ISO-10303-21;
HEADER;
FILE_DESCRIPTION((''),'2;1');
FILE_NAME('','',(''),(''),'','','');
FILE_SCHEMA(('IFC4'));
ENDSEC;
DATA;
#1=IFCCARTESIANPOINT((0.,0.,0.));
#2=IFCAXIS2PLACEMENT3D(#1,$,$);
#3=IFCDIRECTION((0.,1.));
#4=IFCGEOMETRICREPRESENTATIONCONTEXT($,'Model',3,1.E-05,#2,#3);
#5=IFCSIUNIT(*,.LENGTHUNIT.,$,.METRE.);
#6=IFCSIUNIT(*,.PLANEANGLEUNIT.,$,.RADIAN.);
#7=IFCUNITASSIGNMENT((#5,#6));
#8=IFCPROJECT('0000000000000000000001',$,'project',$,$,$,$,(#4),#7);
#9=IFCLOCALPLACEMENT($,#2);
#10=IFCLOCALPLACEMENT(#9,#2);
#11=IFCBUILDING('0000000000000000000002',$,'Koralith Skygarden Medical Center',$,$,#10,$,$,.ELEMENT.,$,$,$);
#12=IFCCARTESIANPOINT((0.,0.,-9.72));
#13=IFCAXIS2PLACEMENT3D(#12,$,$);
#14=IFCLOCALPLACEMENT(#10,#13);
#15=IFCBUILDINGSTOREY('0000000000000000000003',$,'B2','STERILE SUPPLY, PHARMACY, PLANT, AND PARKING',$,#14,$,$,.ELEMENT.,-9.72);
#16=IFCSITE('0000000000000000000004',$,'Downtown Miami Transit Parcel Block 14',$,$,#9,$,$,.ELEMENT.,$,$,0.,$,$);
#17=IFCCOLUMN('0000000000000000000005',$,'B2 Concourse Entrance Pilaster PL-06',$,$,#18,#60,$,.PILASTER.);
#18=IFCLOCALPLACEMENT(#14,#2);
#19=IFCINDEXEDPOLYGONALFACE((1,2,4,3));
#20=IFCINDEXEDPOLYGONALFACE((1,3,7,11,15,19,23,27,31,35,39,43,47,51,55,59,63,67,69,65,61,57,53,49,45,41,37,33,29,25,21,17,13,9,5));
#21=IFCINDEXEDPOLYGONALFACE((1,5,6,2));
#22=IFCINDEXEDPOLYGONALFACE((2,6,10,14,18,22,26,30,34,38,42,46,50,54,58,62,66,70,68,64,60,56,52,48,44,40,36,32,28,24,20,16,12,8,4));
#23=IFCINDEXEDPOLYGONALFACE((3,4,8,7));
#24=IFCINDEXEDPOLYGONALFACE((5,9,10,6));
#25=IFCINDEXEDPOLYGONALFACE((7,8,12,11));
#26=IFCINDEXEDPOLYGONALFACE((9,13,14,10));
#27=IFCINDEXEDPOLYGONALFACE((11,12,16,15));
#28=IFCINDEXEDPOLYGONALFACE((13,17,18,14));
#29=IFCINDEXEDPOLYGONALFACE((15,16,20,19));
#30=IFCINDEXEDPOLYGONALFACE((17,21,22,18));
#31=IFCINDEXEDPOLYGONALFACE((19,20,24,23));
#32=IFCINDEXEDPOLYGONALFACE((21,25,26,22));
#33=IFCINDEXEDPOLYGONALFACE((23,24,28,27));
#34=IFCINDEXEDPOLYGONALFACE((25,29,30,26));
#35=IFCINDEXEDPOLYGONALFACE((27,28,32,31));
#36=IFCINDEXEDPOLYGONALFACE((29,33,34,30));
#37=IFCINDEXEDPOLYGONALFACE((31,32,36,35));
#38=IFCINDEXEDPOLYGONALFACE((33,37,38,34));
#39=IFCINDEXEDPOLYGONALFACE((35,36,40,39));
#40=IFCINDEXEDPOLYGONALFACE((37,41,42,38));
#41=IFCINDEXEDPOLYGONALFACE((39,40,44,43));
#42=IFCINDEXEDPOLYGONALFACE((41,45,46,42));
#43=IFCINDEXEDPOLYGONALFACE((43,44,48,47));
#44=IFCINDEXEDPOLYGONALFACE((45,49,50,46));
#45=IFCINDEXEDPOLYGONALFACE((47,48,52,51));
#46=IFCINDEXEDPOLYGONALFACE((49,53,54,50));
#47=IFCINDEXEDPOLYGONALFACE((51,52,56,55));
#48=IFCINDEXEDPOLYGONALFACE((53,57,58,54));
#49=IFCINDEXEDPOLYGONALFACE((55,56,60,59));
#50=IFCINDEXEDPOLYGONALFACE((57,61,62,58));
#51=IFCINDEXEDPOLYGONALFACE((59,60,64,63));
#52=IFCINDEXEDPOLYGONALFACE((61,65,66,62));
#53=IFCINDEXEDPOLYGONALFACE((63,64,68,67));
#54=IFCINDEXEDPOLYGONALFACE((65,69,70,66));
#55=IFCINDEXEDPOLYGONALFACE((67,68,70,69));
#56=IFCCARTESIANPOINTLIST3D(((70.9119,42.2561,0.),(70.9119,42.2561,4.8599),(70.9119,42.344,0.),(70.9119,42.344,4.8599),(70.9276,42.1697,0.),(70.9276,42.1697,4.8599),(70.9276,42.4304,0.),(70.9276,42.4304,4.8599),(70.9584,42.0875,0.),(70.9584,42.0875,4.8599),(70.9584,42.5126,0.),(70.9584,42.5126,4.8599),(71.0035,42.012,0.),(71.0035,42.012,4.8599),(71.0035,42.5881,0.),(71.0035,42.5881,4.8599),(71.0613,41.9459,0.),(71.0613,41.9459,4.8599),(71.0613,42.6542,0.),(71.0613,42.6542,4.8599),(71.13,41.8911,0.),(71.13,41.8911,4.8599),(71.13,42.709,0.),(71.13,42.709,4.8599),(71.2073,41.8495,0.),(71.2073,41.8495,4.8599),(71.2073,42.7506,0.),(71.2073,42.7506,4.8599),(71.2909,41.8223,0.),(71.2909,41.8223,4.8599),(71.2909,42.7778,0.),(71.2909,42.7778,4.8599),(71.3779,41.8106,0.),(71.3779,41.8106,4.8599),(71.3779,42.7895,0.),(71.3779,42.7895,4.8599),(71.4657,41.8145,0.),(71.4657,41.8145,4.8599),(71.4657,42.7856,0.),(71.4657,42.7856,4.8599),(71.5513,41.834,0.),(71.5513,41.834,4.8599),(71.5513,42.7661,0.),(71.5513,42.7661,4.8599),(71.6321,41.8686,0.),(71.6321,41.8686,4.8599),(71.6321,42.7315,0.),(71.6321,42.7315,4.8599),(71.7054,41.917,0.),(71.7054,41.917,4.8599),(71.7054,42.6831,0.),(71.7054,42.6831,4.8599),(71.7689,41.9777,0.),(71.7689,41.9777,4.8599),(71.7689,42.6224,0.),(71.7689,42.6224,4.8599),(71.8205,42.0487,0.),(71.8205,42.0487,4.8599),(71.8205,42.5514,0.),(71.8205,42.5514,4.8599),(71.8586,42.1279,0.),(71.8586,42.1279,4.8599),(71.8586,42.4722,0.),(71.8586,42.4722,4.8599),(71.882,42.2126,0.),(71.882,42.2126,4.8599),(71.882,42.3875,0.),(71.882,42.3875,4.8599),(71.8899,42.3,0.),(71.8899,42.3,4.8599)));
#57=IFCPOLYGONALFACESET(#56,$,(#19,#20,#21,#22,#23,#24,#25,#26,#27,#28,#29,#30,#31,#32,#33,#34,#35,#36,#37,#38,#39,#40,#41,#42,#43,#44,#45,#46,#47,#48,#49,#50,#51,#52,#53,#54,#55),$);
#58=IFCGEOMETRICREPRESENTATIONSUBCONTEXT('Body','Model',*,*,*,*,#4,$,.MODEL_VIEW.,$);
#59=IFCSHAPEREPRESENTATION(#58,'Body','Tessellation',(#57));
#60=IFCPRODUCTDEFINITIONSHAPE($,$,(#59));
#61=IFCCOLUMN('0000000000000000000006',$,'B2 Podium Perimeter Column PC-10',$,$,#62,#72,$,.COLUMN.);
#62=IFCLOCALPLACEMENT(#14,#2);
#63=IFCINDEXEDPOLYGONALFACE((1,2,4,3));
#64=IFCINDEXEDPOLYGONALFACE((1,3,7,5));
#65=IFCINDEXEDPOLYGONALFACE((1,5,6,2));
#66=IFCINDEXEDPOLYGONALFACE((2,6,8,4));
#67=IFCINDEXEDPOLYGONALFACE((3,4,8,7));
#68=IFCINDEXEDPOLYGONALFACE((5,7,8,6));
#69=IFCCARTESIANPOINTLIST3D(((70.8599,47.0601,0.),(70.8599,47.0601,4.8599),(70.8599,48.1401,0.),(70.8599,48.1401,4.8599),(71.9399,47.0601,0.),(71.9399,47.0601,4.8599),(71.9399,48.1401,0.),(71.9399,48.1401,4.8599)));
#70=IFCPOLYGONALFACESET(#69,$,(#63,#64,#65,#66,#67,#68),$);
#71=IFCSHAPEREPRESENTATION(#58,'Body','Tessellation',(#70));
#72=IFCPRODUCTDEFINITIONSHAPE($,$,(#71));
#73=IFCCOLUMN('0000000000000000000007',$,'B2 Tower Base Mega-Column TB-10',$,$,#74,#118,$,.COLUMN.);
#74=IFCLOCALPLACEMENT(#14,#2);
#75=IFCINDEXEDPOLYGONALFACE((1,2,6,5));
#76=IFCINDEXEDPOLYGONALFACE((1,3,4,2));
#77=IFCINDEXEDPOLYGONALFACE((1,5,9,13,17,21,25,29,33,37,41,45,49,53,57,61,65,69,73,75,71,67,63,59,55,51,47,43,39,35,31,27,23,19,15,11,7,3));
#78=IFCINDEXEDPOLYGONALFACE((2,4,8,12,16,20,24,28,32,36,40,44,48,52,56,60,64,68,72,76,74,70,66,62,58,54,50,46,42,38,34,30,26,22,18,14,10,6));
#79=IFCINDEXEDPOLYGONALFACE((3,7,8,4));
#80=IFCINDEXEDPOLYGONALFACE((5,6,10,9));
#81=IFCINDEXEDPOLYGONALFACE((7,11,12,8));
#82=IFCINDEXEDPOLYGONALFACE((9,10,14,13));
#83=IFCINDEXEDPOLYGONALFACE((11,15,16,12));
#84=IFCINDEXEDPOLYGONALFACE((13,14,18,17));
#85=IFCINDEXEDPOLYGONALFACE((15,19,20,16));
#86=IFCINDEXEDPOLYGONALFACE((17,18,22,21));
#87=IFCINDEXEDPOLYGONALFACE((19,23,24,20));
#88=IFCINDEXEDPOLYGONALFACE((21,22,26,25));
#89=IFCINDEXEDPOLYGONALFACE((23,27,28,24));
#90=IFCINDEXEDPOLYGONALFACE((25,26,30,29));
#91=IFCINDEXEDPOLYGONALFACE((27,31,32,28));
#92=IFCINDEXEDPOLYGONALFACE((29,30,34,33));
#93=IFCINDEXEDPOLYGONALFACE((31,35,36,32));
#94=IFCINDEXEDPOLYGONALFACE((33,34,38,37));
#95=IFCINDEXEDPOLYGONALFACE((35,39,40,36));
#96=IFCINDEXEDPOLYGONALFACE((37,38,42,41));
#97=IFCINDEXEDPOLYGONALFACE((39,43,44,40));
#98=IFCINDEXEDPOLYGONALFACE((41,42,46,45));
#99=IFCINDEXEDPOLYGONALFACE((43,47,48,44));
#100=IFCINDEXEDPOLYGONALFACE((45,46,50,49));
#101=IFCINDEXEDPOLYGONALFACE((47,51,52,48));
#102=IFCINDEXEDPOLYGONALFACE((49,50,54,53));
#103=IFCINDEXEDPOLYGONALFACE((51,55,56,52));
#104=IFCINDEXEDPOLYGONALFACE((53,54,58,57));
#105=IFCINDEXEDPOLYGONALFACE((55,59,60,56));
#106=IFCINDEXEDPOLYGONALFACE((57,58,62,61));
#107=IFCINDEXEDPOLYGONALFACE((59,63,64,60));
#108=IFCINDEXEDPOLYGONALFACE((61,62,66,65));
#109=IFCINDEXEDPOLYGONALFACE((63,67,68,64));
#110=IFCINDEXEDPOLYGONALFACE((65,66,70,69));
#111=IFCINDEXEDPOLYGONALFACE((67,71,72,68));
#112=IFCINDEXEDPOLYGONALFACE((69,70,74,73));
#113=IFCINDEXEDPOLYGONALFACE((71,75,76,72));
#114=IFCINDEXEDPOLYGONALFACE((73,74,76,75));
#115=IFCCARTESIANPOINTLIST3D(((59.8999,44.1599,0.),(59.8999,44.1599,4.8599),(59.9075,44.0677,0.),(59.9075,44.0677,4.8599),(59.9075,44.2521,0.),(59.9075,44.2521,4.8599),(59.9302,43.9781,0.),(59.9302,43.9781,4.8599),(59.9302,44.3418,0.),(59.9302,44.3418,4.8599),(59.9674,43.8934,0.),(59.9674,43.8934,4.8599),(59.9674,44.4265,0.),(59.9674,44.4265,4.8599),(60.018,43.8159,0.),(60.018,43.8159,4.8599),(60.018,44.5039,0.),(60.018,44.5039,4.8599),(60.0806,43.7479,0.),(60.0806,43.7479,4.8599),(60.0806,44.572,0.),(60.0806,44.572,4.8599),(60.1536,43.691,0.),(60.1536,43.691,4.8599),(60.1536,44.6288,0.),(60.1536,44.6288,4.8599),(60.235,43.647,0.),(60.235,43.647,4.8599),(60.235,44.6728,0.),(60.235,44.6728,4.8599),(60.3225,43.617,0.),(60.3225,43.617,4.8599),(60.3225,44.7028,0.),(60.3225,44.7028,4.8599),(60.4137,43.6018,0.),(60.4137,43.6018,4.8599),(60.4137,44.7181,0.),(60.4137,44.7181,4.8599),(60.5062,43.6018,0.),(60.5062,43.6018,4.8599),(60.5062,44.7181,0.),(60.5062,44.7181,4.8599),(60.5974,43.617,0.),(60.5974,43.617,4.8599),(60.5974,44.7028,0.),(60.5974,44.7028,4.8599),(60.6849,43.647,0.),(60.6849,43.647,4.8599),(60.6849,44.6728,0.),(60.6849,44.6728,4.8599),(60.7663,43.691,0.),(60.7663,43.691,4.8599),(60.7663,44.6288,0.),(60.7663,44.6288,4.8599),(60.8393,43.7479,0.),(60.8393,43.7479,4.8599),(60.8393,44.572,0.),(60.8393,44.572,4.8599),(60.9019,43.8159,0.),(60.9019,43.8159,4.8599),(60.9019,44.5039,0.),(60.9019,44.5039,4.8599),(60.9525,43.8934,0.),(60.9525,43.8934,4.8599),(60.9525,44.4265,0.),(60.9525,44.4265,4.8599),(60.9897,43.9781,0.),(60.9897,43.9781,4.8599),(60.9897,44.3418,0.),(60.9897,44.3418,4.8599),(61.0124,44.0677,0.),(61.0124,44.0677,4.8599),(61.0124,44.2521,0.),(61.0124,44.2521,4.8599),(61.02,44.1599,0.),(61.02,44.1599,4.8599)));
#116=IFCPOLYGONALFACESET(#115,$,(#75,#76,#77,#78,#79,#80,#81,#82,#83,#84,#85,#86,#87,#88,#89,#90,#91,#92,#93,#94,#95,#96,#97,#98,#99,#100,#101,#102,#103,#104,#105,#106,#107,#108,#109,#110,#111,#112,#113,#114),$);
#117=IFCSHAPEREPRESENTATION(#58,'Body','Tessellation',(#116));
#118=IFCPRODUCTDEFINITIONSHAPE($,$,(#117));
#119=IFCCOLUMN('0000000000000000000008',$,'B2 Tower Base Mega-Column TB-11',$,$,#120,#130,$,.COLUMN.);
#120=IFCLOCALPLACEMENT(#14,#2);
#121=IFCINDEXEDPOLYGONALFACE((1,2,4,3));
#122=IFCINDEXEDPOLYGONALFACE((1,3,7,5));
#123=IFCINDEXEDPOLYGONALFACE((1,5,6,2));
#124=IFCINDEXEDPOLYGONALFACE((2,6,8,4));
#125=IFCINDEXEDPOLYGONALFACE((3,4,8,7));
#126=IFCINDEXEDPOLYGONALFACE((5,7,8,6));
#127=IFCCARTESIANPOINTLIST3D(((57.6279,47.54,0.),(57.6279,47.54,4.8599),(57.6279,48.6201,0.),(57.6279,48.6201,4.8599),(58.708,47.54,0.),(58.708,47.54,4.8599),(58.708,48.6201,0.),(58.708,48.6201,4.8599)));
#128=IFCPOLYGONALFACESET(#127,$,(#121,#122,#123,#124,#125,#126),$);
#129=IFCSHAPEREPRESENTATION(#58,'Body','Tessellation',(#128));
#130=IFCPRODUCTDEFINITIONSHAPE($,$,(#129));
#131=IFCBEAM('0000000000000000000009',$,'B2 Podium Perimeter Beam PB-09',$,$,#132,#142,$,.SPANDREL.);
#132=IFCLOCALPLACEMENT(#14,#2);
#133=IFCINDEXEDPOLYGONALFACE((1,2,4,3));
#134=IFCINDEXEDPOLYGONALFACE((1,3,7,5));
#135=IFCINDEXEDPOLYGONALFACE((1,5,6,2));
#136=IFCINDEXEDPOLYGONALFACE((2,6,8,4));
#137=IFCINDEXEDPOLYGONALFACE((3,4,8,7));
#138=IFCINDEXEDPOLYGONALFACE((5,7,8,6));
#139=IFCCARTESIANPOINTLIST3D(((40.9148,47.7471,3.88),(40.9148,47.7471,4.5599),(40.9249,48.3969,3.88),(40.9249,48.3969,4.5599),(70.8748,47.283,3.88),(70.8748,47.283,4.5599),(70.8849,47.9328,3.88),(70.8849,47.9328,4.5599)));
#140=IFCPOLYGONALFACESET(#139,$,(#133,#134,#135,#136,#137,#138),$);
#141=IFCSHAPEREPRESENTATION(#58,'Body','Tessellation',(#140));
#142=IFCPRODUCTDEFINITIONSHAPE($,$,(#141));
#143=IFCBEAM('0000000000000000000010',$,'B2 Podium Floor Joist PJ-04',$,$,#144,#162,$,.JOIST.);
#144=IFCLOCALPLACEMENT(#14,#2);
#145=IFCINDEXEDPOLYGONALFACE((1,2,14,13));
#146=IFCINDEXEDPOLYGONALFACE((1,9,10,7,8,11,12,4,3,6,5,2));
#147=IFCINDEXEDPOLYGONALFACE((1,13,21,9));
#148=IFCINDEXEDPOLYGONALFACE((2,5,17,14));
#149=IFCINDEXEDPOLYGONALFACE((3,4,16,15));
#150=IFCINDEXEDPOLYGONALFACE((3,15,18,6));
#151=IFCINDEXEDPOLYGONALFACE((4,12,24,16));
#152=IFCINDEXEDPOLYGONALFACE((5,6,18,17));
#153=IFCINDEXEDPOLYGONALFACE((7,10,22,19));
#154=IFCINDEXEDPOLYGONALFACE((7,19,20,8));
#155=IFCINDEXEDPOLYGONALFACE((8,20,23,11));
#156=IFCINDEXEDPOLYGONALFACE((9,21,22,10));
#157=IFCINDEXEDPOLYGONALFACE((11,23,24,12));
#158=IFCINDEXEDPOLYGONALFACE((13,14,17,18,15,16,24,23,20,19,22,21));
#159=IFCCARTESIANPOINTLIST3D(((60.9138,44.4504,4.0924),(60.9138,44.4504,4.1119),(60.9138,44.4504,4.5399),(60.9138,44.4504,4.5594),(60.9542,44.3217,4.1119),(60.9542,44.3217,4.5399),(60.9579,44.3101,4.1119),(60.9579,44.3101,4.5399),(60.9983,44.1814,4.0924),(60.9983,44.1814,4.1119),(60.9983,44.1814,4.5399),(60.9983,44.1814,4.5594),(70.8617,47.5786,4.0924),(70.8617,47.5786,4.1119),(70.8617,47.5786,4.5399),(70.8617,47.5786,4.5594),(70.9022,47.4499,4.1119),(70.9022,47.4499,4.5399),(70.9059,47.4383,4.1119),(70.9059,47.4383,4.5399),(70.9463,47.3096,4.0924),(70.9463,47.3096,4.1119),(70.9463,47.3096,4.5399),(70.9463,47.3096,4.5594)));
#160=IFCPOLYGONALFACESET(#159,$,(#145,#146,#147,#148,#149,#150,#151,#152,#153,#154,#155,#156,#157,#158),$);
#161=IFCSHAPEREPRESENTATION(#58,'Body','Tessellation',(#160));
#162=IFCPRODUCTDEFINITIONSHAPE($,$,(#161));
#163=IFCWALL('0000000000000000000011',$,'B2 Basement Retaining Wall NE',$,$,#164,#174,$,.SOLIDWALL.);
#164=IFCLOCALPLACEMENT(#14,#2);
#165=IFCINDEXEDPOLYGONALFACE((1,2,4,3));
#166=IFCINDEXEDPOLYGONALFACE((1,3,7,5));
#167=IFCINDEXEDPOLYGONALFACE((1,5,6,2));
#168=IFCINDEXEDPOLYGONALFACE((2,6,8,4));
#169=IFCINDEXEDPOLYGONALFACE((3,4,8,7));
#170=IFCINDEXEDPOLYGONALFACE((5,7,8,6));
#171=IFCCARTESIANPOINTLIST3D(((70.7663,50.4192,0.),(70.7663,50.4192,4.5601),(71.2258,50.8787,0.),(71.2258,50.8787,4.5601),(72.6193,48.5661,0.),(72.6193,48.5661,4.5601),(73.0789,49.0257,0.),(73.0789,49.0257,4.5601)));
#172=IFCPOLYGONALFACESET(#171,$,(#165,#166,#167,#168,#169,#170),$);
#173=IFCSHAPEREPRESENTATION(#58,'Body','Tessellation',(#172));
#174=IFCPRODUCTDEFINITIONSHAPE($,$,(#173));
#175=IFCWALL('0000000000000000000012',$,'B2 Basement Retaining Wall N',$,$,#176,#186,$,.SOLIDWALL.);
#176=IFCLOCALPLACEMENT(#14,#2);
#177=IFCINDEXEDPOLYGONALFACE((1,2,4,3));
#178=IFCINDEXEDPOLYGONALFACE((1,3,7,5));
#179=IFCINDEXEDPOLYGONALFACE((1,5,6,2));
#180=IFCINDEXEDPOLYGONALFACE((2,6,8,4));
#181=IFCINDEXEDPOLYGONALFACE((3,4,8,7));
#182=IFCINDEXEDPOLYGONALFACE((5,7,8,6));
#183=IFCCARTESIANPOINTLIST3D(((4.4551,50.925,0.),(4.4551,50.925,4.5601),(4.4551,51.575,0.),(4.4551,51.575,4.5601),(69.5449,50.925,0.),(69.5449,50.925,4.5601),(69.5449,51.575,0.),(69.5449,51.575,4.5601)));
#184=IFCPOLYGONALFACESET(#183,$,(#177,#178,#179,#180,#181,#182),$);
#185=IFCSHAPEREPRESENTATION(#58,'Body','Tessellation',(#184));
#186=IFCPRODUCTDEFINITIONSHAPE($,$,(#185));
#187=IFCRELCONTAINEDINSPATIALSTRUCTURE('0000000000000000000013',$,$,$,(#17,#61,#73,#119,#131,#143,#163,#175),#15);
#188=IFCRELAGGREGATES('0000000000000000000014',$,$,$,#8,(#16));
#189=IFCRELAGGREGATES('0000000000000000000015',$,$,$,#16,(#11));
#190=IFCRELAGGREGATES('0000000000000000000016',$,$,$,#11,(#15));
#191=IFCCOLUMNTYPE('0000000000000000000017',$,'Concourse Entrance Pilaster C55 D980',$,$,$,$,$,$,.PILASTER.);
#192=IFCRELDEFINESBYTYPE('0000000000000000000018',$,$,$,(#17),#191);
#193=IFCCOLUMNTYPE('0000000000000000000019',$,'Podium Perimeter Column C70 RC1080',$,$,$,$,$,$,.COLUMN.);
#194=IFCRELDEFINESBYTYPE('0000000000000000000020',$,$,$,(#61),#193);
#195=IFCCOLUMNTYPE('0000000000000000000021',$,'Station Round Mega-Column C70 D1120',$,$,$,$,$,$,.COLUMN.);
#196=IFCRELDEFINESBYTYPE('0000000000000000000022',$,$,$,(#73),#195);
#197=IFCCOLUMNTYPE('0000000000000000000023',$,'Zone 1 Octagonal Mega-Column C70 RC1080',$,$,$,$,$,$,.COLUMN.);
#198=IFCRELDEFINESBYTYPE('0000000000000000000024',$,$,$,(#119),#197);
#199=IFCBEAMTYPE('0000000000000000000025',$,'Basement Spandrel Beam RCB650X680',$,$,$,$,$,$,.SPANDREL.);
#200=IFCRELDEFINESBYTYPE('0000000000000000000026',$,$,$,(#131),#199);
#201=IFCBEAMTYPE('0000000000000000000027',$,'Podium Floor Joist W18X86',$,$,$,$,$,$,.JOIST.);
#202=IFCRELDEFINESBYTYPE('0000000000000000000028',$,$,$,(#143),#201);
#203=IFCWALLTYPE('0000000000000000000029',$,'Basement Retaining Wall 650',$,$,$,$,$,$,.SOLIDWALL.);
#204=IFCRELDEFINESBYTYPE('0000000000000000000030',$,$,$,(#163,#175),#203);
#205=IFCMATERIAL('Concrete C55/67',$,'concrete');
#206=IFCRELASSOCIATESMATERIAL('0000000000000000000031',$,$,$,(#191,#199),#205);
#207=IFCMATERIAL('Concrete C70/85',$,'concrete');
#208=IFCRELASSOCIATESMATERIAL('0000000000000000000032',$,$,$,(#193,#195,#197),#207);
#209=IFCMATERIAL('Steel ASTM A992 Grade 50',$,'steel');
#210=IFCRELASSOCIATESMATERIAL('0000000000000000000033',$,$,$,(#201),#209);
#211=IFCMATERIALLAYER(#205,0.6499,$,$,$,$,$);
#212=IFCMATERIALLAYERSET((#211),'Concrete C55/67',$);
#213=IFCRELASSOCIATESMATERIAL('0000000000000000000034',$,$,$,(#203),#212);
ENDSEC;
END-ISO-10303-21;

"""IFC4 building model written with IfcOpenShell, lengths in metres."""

from ifc_helpers import new_model, si_unit, direction, frame, frame_2d, origin, origin_2d, place, context, subcontext, project, spatial, rectangle, circle, i_section, extrude, material, layer, layer_set, material_profile, profile_set, type_object, element, save


model = new_model("IFC4")

# Units and contexts
model_context = context("Model", 3, precision=1e-05, world=origin(), true_north=direction((0.0, 1.0)))
body_context = subcontext(model_context, "Body", "Model", "MODEL_VIEW")
ifc_project = project(units=[si_unit("LENGTHUNIT", "METRE"), si_unit("PLANEANGLEUNIT", "RADIAN")], contexts=[model_context])

# Site, building, storey
site_placement = place(None, origin())
site = spatial("IfcSite", under=ifc_project, at=site_placement, Name="Downtown Miami Transit Parcel Block 14", CompositionType="ELEMENT", RefElevation=0.0)
building_placement = place(site_placement, origin())
building = spatial("IfcBuilding", under=site, at=building_placement, Name="Koralith Skygarden Medical Center", CompositionType="ELEMENT")
storey_placement = place(building_placement, frame((0.0, 0.0, -9.72)))
storey = spatial("IfcBuildingStorey", under=building, at=storey_placement, Name="B2", Description="STERILE SUPPLY, PHARMACY, PLANT, AND PARKING", CompositionType="ELEMENT", Elevation=-9.72)

# Shared definitions
ifc_material_1 = material(Name="Concrete C55/67", Category="concrete")

# Columns
ifc_material_profile_1 = material_profile(ifc_material_1, circle(Radius=0.49, at=origin_2d()), Name="RCCOL980")
ifc_profile_set_1 = profile_set([ifc_material_profile_1], Name="Concrete C55/67")
column_type_1 = type_object("IfcColumnType", Name="Concourse Entrance Pilaster C55 D980", PredefinedType="PILASTER", material=ifc_profile_set_1)
column_1_placement = place(storey_placement, frame((71.3999, 42.3, 0.0), z_axis=(0.0, 0.0, 1.0), x_axis=(1.0, 0.0, 0.0)))
element("IfcColumn", 1, at=column_1_placement, inside=storey, type_object=column_type_1, Name="B2 Concourse Entrance Pilaster PL-06", PredefinedType="PILASTER", context=body_context, shape_type="SweptSolid", body=[
    extrude(circle(Radius=0.49, at=origin_2d()), origin(), (0.0, 0.0, 1.0), 4.8599),
])
ifc_material_2 = material(Name="Concrete C70/85", Category="concrete")
ifc_material_profile_2 = material_profile(ifc_material_2, rectangle(XDim=1.0801, YDim=1.0801, at=origin_2d()), Name="RC1080X1080")
ifc_profile_set_2 = profile_set([ifc_material_profile_2], Name="Concrete C70/85")
column_type_2 = type_object("IfcColumnType", Name="Podium Perimeter Column C70 RC1080", PredefinedType="COLUMN", material=ifc_profile_set_2)
column_2_placement = place(storey_placement, frame((71.3999, 47.6001, 0.0), z_axis=(0.0, 0.0, 1.0), x_axis=(1.0, 0.0, 0.0)))
element("IfcColumn", 2, at=column_2_placement, inside=storey, type_object=column_type_2, Name="B2 Podium Perimeter Column PC-10", PredefinedType="COLUMN", context=body_context, shape_type="SweptSolid", body=[
    extrude(rectangle(XDim=1.0801, YDim=1.0801, at=origin_2d()), origin(), (0.0, 0.0, 1.0), 4.8599),
])
ifc_material_profile_3 = material_profile(ifc_material_2, circle(Radius=0.5601, at=origin_2d()), Name="RCCOL1120")
ifc_profile_set_3 = profile_set([ifc_material_profile_3], Name="Concrete C70/85")
column_type_3 = type_object("IfcColumnType", Name="Station Round Mega-Column C70 D1120", PredefinedType="COLUMN", material=ifc_profile_set_3)
column_3_placement = place(storey_placement, frame((60.46, 44.1599, 0.0), z_axis=(0.0, 0.0, 1.0), x_axis=(1.0, 0.0, 0.0)))
element("IfcColumn", 3, at=column_3_placement, inside=storey, type_object=column_type_3, Name="B2 Tower Base Mega-Column TB-10", PredefinedType="COLUMN", context=body_context, shape_type="SweptSolid", body=[
    extrude(circle(Radius=0.5601, at=origin_2d()), origin(), (0.0, 0.0, 1.0), 4.8599),
])
ifc_material_profile_4 = material_profile(ifc_material_2, rectangle(XDim=1.0801, YDim=1.0801, at=origin_2d()), Name="RC1080X1080")
ifc_profile_set_4 = profile_set([ifc_material_profile_4], Name="Concrete C70/85")
column_type_4 = type_object("IfcColumnType", Name="Zone 1 Octagonal Mega-Column C70 RC1080", PredefinedType="COLUMN", material=ifc_profile_set_4)
column_4_placement = place(storey_placement, frame((58.168, 48.0801, 0.0), z_axis=(0.0, 0.0, 1.0), x_axis=(1.0, 0.0, 0.0)))
element("IfcColumn", 4, at=column_4_placement, inside=storey, type_object=column_type_4, Name="B2 Tower Base Mega-Column TB-11", PredefinedType="COLUMN", context=body_context, shape_type="SweptSolid", body=[
    extrude(rectangle(XDim=1.0801, YDim=1.0801, at=origin_2d()), origin(), (0.0, 0.0, 1.0), 4.8599),
])

# Beams
ifc_material_profile_5 = material_profile(ifc_material_1, rectangle(XDim=0.6499, YDim=0.6799, at=origin_2d()), Name="RCB650X680")
ifc_profile_set_5 = profile_set([ifc_material_profile_5], Name="Concrete C55/67")
beam_type_1 = type_object("IfcBeamType", Name="Basement Spandrel Beam RCB650X680", PredefinedType="SPANDREL", material=ifc_profile_set_5)
beam_1_placement = place(storey_placement, frame((70.8799, 47.6079, 4.22), z_axis=(-0.99988, 0.015489, 0.0), x_axis=(-0.015489, -0.99988, 0.0)))
element("IfcBeam", 5, at=beam_1_placement, inside=storey, type_object=beam_type_1, Name="B2 Podium Perimeter Beam PB-09", PredefinedType="SPANDREL", context=body_context, shape_type="SweptSolid", body=[
    extrude(rectangle(XDim=0.6499, YDim=0.6799, at=origin_2d()), origin(), (0.0, 0.0, 1.0), 29.9636),
])
ifc_material_3 = material(Name="Steel ASTM A992 Grade 50", Category="steel")
ifc_material_profile_6 = material_profile(ifc_material_3, i_section(OverallWidth=0.282, OverallDepth=0.467, WebThickness=0.0122, FlangeThickness=0.0195, at=origin_2d()), Name="W18X86")
ifc_profile_set_6 = profile_set([ifc_material_profile_6], Name="Steel ASTM A992 Grade 50")
beam_type_2 = type_object("IfcBeamType", Name="Podium Floor Joist W18X86", PredefinedType="JOIST", material=ifc_profile_set_6)
beam_2_placement = place(storey_placement, frame((60.9561, 44.3159, 4.3259), z_axis=(0.953948, 0.299971, 0.0), x_axis=(-0.299971, 0.953948, 0.0)))
element("IfcBeam", 6, at=beam_2_placement, inside=storey, type_object=beam_type_2, Name="B2 Podium Floor Joist PJ-04", PredefinedType="JOIST", context=body_context, shape_type="SweptSolid", body=[
    extrude(i_section(OverallWidth=0.282, OverallDepth=0.467, WebThickness=0.0122, FlangeThickness=0.0195, at=origin_2d()), origin(), (0.0, 0.0, 1.0), 10.4282),
])

# Walls
ifc_layer = layer(ifc_material_1, 0.6499)
ifc_layer_set = layer_set([ifc_layer], Name="Concrete C55/67")
wall_type = type_object("IfcWallType", Name="Basement Retaining Wall 650", PredefinedType="SOLIDWALL", material=ifc_layer_set)
wall_1_placement = place(storey_placement, frame((72.8491, 48.7959, 0.0), z_axis=(0.0, 0.0, 1.0), x_axis=(-0.707107, 0.707107, 0.0)))
element("IfcWall", 7, at=wall_1_placement, inside=storey, type_object=wall_type, Name="B2 Basement Retaining Wall NE", PredefinedType="SOLIDWALL", context=body_context, shape_type="SweptSolid", body=[
    extrude(rectangle(XDim=2.6206, YDim=0.6499, at=frame_2d((1.3103, 0.0))), origin(), (0.0, 0.0, 1.0), 4.5601),
])
wall_2_placement = place(storey_placement, frame((69.5449, 51.25, 0.0), z_axis=(0.0, 0.0, 1.0), x_axis=(-1.0, 0.0, 0.0)))
element("IfcWall", 8, at=wall_2_placement, inside=storey, type_object=wall_type, Name="B2 Basement Retaining Wall N", PredefinedType="SOLIDWALL", context=body_context, shape_type="SweptSolid", body=[
    extrude(rectangle(XDim=65.0898, YDim=0.6499, at=frame_2d((32.5449, 0.0))), origin(), (0.0, 0.0, 1.0), 4.5601),
])

save(model, "model.ifc")
